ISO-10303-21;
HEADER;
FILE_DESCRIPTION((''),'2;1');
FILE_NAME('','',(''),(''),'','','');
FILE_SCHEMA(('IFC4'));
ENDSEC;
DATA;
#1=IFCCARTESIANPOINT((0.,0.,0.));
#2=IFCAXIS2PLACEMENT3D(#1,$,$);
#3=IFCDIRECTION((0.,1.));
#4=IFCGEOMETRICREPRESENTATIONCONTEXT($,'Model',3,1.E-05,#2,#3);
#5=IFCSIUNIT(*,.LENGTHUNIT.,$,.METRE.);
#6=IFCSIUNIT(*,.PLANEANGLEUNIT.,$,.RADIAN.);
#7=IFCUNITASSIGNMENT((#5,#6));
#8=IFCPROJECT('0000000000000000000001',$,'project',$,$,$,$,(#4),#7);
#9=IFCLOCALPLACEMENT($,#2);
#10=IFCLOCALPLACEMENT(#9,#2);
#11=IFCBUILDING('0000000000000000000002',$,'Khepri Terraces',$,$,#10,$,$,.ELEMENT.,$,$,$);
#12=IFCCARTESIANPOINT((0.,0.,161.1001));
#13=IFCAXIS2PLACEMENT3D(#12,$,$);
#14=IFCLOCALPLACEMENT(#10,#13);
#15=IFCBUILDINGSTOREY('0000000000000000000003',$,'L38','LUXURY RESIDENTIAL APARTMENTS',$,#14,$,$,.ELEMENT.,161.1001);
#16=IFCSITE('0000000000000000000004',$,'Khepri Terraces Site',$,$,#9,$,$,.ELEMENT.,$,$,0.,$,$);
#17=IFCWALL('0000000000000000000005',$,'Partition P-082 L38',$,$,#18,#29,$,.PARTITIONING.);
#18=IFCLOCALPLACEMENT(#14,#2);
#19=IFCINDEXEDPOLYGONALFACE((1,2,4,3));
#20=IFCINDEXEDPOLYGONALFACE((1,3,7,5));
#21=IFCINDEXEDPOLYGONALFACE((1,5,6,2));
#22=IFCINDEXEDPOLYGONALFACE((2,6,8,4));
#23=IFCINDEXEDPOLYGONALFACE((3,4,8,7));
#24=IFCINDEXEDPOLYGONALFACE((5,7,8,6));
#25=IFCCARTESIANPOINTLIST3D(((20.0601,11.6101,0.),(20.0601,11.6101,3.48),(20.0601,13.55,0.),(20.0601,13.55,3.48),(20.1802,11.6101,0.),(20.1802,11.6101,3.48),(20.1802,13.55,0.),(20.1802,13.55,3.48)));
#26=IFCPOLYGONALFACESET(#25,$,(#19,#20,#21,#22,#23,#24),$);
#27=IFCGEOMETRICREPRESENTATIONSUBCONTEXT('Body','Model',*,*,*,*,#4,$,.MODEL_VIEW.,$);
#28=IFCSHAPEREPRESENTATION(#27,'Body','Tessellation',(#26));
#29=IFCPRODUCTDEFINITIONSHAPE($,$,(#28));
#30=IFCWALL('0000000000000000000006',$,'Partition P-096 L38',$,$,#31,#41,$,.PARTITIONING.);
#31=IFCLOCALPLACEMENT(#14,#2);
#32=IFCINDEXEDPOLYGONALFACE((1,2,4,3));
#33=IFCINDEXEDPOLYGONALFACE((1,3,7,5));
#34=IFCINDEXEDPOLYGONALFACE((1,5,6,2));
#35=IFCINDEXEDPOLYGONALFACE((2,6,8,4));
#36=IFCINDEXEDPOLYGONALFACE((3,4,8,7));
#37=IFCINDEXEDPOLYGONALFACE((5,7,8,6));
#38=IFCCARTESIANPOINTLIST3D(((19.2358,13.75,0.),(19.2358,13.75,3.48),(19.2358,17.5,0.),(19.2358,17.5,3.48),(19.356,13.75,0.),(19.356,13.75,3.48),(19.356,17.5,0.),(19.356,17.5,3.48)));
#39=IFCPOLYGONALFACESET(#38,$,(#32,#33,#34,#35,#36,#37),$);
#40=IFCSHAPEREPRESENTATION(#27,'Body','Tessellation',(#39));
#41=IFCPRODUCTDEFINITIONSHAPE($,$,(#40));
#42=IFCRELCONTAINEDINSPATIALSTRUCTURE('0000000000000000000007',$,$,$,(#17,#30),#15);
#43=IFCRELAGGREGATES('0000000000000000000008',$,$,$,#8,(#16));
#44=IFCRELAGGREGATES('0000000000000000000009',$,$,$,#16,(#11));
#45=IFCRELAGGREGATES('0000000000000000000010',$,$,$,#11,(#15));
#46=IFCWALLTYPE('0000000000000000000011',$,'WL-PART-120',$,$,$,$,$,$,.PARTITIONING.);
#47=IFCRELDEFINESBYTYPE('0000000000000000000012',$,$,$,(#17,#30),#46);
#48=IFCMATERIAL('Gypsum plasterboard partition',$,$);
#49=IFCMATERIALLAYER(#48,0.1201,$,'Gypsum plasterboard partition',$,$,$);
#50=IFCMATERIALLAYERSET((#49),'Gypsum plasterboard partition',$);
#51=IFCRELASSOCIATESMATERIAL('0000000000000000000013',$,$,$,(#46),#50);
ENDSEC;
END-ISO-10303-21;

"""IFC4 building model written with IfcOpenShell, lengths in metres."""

from ifc_helpers import new_model, si_unit, direction, frame, frame_2d, origin, place, context, subcontext, project, spatial, rectangle, extrude, material, layer, layer_set, type_object, element, save


model = new_model("IFC4")

# Units and contexts
model_context = context("Model", 3, precision=1e-05, world=origin(), true_north=direction((0.0, 1.0)))
body_context = subcontext(model_context, "Body", "Model", "MODEL_VIEW")
ifc_project = project(units=[si_unit("LENGTHUNIT", "METRE"), si_unit("PLANEANGLEUNIT", "RADIAN")], contexts=[model_context])

# Site, building, storey
site_placement = place(None, origin())
site = spatial("IfcSite", under=ifc_project, at=site_placement, Name="Khepri Terraces Site", CompositionType="ELEMENT", RefElevation=0.0)
building_placement = place(site_placement, origin())
building = spatial("IfcBuilding", under=site, at=building_placement, Name="Khepri Terraces", CompositionType="ELEMENT")
storey_placement = place(building_placement, frame((0.0, 0.0, 161.1001)))
storey = spatial("IfcBuildingStorey", under=building, at=storey_placement, Name="L38", Description="LUXURY RESIDENTIAL APARTMENTS", CompositionType="ELEMENT", Elevation=161.1001)

# Shared definitions
ifc_material_1 = material(Name="Gypsum plasterboard partition")
ifc_layer_1 = layer(ifc_material_1, 0.1201, Name="Gypsum plasterboard partition")
ifc_layer_set_1 = layer_set([ifc_layer_1], Name="Gypsum plasterboard partition")
wall_type_1 = type_object("IfcWallType", Name="WL-PART-120", PredefinedType="PARTITIONING", material=ifc_layer_set_1)

# Walls
wall_1_placement = place(storey_placement, frame((20.1201, 11.6101, 0.0), z_axis=(0.0, 0.0, 1.0), x_axis=(0.0, 1.0, 0.0)))
element("IfcWall", 1, at=wall_1_placement, inside=storey, type_object=wall_type_1, Name="Partition P-082 L38", PredefinedType="PARTITIONING", context=body_context, shape_type="SweptSolid", body=[
    extrude(rectangle(XDim=1.9399, YDim=0.1201, at=frame_2d((0.97, 0.0))), origin(), (0.0, 0.0, 1.0), 3.48),
])
wall_2_placement = place(storey_placement, frame((19.2959, 13.75, 0.0), z_axis=(0.0, 0.0, 1.0), x_axis=(0.0, 1.0, 0.0)))
element("IfcWall", 2, at=wall_2_placement, inside=storey, type_object=wall_type_1, Name="Partition P-096 L38", PredefinedType="PARTITIONING", context=body_context, shape_type="SweptSolid", body=[
    extrude(rectangle(XDim=3.75, YDim=0.1201, at=frame_2d((1.875, 0.0))), origin(), (0.0, 0.0, 1.0), 3.48),
])

save(model, "model.ifc")
